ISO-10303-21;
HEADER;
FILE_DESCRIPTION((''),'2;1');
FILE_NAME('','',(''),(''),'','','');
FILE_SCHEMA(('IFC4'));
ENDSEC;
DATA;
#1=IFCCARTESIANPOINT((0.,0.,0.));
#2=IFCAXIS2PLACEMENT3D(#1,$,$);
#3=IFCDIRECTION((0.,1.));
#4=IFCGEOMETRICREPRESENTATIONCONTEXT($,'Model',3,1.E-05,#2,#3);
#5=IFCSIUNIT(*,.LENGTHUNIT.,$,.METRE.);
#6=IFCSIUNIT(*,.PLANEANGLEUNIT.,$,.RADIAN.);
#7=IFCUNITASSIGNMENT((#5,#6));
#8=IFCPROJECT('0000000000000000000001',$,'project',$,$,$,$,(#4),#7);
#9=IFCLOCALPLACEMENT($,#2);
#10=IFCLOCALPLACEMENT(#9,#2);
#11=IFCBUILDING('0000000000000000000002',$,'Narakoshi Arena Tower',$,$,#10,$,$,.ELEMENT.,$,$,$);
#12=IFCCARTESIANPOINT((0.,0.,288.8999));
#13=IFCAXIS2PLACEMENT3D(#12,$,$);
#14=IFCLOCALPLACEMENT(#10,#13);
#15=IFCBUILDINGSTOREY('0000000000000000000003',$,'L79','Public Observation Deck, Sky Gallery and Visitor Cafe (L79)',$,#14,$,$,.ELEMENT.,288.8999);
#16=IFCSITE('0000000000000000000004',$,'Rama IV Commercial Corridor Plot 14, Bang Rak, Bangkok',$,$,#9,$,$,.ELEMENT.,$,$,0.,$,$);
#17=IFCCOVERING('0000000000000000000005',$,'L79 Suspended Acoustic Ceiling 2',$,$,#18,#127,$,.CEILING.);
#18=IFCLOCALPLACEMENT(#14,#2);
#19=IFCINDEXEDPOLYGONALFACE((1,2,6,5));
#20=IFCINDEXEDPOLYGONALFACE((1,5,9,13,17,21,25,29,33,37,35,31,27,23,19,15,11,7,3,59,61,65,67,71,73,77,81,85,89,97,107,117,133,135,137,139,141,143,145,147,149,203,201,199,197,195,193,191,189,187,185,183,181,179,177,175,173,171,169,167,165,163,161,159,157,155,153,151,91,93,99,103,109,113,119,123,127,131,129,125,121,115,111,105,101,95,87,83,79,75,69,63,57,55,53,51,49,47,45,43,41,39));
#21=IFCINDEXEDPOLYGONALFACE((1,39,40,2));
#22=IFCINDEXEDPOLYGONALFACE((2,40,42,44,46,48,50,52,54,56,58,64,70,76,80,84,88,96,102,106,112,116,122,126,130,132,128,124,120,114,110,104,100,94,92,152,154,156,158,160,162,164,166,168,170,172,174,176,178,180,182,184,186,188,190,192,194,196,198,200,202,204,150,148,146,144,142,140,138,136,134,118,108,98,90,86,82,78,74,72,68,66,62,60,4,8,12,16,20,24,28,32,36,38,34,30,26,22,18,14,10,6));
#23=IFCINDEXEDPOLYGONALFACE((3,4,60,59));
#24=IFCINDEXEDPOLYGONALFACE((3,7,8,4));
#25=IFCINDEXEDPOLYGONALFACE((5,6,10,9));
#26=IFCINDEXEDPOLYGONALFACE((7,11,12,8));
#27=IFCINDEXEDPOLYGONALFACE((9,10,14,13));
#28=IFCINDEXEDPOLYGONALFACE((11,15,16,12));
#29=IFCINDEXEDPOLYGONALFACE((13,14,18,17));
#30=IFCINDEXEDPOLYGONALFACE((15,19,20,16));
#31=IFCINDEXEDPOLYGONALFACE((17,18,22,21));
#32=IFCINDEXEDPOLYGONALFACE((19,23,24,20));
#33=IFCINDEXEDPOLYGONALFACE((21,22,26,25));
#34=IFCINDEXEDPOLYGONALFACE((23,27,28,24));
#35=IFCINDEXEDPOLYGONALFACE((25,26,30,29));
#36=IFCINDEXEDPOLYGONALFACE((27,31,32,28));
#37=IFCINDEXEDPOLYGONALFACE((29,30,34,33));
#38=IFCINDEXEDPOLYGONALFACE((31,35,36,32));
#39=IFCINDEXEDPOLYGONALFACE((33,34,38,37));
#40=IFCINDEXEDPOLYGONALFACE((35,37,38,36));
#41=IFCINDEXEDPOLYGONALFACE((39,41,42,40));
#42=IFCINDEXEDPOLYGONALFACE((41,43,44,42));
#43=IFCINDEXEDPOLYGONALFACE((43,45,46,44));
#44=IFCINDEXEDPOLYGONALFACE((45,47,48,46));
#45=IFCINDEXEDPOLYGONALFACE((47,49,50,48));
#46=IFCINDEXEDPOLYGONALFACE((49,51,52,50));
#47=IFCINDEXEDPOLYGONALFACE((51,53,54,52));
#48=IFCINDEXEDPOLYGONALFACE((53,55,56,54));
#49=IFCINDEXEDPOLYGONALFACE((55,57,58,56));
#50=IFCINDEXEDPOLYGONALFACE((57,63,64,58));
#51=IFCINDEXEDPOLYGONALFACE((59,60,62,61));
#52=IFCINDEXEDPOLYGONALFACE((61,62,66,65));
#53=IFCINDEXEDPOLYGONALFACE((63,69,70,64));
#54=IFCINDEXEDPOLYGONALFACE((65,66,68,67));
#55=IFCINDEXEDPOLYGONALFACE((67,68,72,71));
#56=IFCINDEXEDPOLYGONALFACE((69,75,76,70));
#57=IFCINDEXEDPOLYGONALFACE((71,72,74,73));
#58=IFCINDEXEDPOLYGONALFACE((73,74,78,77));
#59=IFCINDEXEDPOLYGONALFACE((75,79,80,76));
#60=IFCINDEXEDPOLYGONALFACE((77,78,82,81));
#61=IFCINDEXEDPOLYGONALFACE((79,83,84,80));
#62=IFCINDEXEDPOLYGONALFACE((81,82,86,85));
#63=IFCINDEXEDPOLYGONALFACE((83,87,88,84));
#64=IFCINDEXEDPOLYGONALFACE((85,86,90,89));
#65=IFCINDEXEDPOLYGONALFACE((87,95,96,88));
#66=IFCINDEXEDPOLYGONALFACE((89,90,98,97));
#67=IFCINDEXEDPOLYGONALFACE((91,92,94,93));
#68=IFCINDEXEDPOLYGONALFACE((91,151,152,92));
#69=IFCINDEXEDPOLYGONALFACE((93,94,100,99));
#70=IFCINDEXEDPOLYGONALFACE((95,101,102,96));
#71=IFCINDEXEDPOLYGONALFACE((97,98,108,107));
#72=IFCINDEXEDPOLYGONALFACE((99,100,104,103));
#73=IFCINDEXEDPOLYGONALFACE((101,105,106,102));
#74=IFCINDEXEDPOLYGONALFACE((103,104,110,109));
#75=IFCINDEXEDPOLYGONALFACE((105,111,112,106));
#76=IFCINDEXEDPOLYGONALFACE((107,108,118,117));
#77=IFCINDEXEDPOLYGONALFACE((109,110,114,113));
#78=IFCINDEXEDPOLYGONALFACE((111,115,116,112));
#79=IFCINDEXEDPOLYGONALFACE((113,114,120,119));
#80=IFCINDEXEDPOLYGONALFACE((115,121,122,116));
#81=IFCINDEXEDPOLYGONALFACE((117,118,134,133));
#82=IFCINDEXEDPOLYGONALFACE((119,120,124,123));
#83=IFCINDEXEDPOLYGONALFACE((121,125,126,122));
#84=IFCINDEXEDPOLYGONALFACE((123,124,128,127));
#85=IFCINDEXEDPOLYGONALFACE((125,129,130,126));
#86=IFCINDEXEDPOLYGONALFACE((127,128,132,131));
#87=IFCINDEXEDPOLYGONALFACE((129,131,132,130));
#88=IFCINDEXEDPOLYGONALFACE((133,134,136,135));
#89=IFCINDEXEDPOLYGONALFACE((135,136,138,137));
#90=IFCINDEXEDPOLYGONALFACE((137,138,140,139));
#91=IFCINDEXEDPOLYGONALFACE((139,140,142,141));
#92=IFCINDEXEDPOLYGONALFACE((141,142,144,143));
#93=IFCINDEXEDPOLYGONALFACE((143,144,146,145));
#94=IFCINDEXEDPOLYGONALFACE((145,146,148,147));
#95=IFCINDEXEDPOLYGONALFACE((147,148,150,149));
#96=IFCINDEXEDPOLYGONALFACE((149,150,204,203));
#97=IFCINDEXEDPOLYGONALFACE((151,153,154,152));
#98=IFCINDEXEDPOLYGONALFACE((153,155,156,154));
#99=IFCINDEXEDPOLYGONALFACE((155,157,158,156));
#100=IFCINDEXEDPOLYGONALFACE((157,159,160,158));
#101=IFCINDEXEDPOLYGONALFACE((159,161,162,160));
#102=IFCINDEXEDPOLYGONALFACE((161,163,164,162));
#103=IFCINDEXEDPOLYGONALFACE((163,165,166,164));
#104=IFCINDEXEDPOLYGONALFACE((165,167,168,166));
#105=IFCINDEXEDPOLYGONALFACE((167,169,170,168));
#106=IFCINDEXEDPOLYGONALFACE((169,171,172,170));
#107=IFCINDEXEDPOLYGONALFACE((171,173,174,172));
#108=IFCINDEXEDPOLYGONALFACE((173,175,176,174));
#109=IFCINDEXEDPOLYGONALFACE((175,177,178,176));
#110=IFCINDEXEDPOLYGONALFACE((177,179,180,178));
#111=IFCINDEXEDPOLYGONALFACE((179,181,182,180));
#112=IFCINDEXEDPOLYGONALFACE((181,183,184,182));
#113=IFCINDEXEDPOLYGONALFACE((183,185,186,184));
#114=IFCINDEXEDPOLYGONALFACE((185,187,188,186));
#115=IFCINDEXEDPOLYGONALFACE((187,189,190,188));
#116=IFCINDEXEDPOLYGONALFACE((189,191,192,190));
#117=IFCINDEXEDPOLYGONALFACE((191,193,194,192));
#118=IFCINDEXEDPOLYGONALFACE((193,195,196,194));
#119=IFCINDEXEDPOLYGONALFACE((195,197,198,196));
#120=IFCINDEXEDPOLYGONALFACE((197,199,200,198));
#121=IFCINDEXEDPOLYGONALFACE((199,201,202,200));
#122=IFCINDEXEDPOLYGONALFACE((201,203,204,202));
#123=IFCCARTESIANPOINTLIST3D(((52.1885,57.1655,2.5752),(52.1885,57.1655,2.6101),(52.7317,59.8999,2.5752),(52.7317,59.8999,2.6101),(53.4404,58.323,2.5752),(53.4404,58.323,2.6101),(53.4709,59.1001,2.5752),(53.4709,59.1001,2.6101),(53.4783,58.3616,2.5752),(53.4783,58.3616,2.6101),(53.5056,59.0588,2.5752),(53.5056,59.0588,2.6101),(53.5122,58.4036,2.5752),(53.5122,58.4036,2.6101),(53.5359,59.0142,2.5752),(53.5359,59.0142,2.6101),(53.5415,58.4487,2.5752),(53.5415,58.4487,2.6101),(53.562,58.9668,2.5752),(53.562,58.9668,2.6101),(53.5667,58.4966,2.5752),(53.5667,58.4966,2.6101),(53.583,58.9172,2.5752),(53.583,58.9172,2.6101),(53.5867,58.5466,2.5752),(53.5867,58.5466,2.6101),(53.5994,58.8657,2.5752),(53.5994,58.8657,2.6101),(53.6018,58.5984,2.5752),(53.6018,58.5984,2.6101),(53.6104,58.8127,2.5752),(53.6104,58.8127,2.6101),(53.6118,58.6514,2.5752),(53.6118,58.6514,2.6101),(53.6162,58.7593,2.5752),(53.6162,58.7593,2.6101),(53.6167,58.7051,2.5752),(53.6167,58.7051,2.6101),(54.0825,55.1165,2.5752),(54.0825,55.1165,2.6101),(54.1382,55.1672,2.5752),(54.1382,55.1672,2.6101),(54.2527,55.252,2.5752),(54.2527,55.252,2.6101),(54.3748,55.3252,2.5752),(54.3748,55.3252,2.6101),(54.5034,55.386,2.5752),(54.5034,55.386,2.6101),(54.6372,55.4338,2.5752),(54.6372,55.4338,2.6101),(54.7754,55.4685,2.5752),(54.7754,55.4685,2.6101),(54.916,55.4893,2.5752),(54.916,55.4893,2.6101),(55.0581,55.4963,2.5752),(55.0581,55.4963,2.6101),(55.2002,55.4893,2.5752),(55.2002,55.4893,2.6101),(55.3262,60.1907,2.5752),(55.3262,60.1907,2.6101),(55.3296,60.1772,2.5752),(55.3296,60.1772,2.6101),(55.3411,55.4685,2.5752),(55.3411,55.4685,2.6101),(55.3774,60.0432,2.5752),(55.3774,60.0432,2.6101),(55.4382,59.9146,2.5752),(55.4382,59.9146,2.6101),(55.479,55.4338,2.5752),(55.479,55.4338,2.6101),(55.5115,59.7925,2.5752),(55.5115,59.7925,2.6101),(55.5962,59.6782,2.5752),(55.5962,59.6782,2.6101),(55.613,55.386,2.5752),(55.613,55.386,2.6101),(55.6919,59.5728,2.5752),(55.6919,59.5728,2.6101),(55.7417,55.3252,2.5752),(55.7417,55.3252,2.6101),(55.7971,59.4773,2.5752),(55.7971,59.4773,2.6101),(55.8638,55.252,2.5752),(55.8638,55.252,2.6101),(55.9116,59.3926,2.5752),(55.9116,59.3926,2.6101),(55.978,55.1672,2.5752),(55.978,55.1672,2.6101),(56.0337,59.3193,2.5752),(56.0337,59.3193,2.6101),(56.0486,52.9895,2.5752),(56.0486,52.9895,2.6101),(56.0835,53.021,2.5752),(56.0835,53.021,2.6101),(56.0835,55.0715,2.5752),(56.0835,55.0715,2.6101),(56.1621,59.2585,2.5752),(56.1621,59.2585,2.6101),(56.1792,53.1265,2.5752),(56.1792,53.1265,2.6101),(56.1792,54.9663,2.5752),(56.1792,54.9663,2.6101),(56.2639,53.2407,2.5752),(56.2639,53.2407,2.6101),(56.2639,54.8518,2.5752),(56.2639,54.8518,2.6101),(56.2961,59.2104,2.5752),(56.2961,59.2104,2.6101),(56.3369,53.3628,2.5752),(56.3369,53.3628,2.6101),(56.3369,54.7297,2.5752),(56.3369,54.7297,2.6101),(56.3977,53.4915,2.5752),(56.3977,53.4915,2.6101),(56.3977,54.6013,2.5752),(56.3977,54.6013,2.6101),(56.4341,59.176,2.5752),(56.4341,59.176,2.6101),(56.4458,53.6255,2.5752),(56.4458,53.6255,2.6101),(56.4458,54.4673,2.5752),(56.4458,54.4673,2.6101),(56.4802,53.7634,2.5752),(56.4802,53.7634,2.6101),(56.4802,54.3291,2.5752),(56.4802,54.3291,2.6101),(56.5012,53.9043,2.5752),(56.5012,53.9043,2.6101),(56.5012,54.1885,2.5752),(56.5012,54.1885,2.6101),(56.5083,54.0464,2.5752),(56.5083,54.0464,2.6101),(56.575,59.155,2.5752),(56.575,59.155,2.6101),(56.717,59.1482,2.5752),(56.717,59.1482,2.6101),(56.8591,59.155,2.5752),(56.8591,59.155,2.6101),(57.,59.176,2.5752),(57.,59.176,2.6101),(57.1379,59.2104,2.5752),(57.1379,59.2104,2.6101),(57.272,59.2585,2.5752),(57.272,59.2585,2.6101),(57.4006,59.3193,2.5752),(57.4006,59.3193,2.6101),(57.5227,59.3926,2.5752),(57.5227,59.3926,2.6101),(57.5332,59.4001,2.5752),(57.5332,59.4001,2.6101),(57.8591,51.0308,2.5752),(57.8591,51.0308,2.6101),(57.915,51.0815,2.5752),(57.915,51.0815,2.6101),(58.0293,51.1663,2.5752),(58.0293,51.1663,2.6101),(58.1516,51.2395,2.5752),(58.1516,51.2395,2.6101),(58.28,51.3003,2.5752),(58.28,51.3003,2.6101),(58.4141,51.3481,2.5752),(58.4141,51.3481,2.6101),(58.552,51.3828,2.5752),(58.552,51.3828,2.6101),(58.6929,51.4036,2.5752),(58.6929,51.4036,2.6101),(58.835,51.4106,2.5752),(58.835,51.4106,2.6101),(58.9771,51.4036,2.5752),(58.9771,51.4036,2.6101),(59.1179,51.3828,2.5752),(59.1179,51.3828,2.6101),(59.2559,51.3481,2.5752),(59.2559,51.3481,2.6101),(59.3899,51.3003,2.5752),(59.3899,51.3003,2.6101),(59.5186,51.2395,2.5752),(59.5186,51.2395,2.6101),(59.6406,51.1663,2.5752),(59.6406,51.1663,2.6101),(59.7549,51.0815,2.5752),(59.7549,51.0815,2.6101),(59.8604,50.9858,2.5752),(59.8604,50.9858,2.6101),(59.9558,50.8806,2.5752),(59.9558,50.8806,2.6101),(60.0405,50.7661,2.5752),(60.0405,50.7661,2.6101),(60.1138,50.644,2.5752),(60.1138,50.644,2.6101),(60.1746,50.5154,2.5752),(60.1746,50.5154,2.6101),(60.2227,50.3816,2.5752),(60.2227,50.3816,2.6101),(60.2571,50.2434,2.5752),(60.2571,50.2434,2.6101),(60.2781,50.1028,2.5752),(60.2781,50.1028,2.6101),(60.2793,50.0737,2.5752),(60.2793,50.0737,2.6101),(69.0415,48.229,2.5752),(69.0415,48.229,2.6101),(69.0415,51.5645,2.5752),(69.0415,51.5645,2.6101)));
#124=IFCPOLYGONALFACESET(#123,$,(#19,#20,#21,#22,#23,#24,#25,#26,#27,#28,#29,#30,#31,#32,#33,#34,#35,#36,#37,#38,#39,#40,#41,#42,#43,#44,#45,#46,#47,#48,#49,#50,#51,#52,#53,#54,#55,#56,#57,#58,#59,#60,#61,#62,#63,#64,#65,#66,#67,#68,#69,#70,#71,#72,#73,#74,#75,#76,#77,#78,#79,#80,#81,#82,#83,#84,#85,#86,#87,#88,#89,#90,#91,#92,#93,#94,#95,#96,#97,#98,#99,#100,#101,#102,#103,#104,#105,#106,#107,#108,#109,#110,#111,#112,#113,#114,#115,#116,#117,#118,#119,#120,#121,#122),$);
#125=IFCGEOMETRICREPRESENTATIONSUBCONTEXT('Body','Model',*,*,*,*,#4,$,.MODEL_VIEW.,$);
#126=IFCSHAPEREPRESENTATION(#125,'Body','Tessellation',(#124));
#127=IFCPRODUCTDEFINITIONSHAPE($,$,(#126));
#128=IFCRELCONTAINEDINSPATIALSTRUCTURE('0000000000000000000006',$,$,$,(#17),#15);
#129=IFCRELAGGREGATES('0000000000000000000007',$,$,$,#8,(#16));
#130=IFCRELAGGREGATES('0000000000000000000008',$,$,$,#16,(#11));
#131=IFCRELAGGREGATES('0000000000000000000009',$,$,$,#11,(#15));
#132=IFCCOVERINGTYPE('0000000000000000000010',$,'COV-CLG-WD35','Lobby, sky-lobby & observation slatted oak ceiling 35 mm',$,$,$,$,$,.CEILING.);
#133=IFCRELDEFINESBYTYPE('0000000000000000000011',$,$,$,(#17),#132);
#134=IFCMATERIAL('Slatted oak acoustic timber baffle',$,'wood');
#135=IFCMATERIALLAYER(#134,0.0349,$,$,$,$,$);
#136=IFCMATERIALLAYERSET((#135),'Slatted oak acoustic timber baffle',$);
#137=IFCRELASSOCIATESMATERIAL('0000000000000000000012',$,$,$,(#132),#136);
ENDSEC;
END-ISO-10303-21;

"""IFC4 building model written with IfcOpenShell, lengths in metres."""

from ifc_helpers import new_model, si_unit, direction, frame, origin, place, context, subcontext, project, spatial, polyline, outline, extrude, material, layer, layer_set, type_object, element, save


model = new_model("IFC4")

# Units and contexts
model_context = context("Model", 3, precision=1e-05, world=origin(), true_north=direction((0.0, 1.0)))
body_context = subcontext(model_context, "Body", "Model", "MODEL_VIEW")
ifc_project = project(units=[si_unit("LENGTHUNIT", "METRE"), si_unit("PLANEANGLEUNIT", "RADIAN")], contexts=[model_context])

# Site, building, storey
site_placement = place(None, origin())
site = spatial("IfcSite", under=ifc_project, at=site_placement, Name="Rama IV Commercial Corridor Plot 14, Bang Rak, Bangkok", CompositionType="ELEMENT", RefElevation=0.0)
building_placement = place(site_placement, origin())
building = spatial("IfcBuilding", under=site, at=building_placement, Name="Narakoshi Arena Tower", CompositionType="ELEMENT")
storey_placement = place(building_placement, frame((0.0, 0.0, 288.8999)))
storey = spatial("IfcBuildingStorey", under=building, at=storey_placement, Name="L79", Description="Public Observation Deck, Sky Gallery and Visitor Cafe (L79)", CompositionType="ELEMENT", Elevation=288.8999)

# Covering
ifc_material_1 = material(Name="Slatted oak acoustic timber baffle", Category="wood")
ifc_layer_1 = layer(ifc_material_1, 0.0349)
ifc_layer_set_1 = layer_set([ifc_layer_1], Name="Slatted oak acoustic timber baffle")
covering_type_1 = type_object("IfcCoveringType", Name="COV-CLG-WD35", Description="Lobby, sky-lobby & observation slatted oak ceiling 35 mm", PredefinedType="CEILING", material=ifc_layer_set_1)
covering_1_placement = place(storey_placement, frame((0.0, 0.0, 2.5752)))
element("IfcCovering", 1, at=covering_1_placement, inside=storey, type_object=covering_type_1, Name="L79 Suspended Acoustic Ceiling 2", PredefinedType="CEILING", context=body_context, shape_type="SweptSolid", body=[
    extrude(outline(polyline([(69.0415, 51.5645), (69.0415, 48.229), (60.2793, 50.0737), (60.2781, 50.1028), (60.2571, 50.2434), (60.2227, 50.3816), (60.1746, 50.5154), (60.1138, 50.644), (60.0405, 50.7661), (59.9558, 50.8806), (59.8604, 50.9858), (59.7549, 51.0815), (59.6406, 51.1663), (59.5186, 51.2395), (59.3899, 51.3003), (59.2559, 51.3481), (59.1179, 51.3828), (58.9771, 51.4036), (58.835, 51.4106), (58.6929, 51.4036), (58.552, 51.3828), (58.4141, 51.3481), (58.28, 51.3003), (58.1516, 51.2395), (58.0293, 51.1663), (57.915, 51.0815), (57.8591, 51.0308), (56.0486, 52.9895), (56.0835, 53.021), (56.1792, 53.1265), (56.2639, 53.2407), (56.3369, 53.3628), (56.3977, 53.4915), (56.4458, 53.6255), (56.4802, 53.7634), (56.5012, 53.9043), (56.5083, 54.0464), (56.5012, 54.1885), (56.4802, 54.3291), (56.4458, 54.4673), (56.3977, 54.6013), (56.3369, 54.7297), (56.2639, 54.8518), (56.1792, 54.9663), (56.0835, 55.0715), (55.978, 55.1672), (55.8638, 55.252), (55.7417, 55.3252), (55.613, 55.386), (55.479, 55.4338), (55.3411, 55.4685), (55.2002, 55.4893), (55.0581, 55.4963), (54.916, 55.4893), (54.7754, 55.4685), (54.6372, 55.4338), (54.5034, 55.386), (54.3748, 55.3252), (54.2527, 55.252), (54.1382, 55.1672), (54.0825, 55.1165), (52.1885, 57.1655), (53.4404, 58.323), (53.4783, 58.3616), (53.5122, 58.4036), (53.5415, 58.4487), (53.5667, 58.4966), (53.5867, 58.5466), (53.6018, 58.5984), (53.6118, 58.6514), (53.6167, 58.7051), (53.6162, 58.7593), (53.6104, 58.8127), (53.5994, 58.8657), (53.583, 58.9172), (53.562, 58.9668), (53.5359, 59.0142), (53.5056, 59.0588), (53.4709, 59.1001), (52.7317, 59.8999), (55.3262, 60.1907), (55.3296, 60.1772), (55.3774, 60.0432), (55.4382, 59.9146), (55.5115, 59.7925), (55.5962, 59.6782), (55.6919, 59.5728), (55.7971, 59.4773), (55.9116, 59.3926), (56.0337, 59.3193), (56.1621, 59.2585), (56.2961, 59.2104), (56.4341, 59.176), (56.575, 59.155), (56.717, 59.1482), (56.8591, 59.155), (57.0, 59.176), (57.1379, 59.2104), (57.272, 59.2585), (57.4006, 59.3193), (57.5227, 59.3926), (57.5332, 59.4001), (69.0415, 51.5645)])), origin(), (0.0, 0.0, 1.0), 0.0349),
])

save(model, "model.ifc")
